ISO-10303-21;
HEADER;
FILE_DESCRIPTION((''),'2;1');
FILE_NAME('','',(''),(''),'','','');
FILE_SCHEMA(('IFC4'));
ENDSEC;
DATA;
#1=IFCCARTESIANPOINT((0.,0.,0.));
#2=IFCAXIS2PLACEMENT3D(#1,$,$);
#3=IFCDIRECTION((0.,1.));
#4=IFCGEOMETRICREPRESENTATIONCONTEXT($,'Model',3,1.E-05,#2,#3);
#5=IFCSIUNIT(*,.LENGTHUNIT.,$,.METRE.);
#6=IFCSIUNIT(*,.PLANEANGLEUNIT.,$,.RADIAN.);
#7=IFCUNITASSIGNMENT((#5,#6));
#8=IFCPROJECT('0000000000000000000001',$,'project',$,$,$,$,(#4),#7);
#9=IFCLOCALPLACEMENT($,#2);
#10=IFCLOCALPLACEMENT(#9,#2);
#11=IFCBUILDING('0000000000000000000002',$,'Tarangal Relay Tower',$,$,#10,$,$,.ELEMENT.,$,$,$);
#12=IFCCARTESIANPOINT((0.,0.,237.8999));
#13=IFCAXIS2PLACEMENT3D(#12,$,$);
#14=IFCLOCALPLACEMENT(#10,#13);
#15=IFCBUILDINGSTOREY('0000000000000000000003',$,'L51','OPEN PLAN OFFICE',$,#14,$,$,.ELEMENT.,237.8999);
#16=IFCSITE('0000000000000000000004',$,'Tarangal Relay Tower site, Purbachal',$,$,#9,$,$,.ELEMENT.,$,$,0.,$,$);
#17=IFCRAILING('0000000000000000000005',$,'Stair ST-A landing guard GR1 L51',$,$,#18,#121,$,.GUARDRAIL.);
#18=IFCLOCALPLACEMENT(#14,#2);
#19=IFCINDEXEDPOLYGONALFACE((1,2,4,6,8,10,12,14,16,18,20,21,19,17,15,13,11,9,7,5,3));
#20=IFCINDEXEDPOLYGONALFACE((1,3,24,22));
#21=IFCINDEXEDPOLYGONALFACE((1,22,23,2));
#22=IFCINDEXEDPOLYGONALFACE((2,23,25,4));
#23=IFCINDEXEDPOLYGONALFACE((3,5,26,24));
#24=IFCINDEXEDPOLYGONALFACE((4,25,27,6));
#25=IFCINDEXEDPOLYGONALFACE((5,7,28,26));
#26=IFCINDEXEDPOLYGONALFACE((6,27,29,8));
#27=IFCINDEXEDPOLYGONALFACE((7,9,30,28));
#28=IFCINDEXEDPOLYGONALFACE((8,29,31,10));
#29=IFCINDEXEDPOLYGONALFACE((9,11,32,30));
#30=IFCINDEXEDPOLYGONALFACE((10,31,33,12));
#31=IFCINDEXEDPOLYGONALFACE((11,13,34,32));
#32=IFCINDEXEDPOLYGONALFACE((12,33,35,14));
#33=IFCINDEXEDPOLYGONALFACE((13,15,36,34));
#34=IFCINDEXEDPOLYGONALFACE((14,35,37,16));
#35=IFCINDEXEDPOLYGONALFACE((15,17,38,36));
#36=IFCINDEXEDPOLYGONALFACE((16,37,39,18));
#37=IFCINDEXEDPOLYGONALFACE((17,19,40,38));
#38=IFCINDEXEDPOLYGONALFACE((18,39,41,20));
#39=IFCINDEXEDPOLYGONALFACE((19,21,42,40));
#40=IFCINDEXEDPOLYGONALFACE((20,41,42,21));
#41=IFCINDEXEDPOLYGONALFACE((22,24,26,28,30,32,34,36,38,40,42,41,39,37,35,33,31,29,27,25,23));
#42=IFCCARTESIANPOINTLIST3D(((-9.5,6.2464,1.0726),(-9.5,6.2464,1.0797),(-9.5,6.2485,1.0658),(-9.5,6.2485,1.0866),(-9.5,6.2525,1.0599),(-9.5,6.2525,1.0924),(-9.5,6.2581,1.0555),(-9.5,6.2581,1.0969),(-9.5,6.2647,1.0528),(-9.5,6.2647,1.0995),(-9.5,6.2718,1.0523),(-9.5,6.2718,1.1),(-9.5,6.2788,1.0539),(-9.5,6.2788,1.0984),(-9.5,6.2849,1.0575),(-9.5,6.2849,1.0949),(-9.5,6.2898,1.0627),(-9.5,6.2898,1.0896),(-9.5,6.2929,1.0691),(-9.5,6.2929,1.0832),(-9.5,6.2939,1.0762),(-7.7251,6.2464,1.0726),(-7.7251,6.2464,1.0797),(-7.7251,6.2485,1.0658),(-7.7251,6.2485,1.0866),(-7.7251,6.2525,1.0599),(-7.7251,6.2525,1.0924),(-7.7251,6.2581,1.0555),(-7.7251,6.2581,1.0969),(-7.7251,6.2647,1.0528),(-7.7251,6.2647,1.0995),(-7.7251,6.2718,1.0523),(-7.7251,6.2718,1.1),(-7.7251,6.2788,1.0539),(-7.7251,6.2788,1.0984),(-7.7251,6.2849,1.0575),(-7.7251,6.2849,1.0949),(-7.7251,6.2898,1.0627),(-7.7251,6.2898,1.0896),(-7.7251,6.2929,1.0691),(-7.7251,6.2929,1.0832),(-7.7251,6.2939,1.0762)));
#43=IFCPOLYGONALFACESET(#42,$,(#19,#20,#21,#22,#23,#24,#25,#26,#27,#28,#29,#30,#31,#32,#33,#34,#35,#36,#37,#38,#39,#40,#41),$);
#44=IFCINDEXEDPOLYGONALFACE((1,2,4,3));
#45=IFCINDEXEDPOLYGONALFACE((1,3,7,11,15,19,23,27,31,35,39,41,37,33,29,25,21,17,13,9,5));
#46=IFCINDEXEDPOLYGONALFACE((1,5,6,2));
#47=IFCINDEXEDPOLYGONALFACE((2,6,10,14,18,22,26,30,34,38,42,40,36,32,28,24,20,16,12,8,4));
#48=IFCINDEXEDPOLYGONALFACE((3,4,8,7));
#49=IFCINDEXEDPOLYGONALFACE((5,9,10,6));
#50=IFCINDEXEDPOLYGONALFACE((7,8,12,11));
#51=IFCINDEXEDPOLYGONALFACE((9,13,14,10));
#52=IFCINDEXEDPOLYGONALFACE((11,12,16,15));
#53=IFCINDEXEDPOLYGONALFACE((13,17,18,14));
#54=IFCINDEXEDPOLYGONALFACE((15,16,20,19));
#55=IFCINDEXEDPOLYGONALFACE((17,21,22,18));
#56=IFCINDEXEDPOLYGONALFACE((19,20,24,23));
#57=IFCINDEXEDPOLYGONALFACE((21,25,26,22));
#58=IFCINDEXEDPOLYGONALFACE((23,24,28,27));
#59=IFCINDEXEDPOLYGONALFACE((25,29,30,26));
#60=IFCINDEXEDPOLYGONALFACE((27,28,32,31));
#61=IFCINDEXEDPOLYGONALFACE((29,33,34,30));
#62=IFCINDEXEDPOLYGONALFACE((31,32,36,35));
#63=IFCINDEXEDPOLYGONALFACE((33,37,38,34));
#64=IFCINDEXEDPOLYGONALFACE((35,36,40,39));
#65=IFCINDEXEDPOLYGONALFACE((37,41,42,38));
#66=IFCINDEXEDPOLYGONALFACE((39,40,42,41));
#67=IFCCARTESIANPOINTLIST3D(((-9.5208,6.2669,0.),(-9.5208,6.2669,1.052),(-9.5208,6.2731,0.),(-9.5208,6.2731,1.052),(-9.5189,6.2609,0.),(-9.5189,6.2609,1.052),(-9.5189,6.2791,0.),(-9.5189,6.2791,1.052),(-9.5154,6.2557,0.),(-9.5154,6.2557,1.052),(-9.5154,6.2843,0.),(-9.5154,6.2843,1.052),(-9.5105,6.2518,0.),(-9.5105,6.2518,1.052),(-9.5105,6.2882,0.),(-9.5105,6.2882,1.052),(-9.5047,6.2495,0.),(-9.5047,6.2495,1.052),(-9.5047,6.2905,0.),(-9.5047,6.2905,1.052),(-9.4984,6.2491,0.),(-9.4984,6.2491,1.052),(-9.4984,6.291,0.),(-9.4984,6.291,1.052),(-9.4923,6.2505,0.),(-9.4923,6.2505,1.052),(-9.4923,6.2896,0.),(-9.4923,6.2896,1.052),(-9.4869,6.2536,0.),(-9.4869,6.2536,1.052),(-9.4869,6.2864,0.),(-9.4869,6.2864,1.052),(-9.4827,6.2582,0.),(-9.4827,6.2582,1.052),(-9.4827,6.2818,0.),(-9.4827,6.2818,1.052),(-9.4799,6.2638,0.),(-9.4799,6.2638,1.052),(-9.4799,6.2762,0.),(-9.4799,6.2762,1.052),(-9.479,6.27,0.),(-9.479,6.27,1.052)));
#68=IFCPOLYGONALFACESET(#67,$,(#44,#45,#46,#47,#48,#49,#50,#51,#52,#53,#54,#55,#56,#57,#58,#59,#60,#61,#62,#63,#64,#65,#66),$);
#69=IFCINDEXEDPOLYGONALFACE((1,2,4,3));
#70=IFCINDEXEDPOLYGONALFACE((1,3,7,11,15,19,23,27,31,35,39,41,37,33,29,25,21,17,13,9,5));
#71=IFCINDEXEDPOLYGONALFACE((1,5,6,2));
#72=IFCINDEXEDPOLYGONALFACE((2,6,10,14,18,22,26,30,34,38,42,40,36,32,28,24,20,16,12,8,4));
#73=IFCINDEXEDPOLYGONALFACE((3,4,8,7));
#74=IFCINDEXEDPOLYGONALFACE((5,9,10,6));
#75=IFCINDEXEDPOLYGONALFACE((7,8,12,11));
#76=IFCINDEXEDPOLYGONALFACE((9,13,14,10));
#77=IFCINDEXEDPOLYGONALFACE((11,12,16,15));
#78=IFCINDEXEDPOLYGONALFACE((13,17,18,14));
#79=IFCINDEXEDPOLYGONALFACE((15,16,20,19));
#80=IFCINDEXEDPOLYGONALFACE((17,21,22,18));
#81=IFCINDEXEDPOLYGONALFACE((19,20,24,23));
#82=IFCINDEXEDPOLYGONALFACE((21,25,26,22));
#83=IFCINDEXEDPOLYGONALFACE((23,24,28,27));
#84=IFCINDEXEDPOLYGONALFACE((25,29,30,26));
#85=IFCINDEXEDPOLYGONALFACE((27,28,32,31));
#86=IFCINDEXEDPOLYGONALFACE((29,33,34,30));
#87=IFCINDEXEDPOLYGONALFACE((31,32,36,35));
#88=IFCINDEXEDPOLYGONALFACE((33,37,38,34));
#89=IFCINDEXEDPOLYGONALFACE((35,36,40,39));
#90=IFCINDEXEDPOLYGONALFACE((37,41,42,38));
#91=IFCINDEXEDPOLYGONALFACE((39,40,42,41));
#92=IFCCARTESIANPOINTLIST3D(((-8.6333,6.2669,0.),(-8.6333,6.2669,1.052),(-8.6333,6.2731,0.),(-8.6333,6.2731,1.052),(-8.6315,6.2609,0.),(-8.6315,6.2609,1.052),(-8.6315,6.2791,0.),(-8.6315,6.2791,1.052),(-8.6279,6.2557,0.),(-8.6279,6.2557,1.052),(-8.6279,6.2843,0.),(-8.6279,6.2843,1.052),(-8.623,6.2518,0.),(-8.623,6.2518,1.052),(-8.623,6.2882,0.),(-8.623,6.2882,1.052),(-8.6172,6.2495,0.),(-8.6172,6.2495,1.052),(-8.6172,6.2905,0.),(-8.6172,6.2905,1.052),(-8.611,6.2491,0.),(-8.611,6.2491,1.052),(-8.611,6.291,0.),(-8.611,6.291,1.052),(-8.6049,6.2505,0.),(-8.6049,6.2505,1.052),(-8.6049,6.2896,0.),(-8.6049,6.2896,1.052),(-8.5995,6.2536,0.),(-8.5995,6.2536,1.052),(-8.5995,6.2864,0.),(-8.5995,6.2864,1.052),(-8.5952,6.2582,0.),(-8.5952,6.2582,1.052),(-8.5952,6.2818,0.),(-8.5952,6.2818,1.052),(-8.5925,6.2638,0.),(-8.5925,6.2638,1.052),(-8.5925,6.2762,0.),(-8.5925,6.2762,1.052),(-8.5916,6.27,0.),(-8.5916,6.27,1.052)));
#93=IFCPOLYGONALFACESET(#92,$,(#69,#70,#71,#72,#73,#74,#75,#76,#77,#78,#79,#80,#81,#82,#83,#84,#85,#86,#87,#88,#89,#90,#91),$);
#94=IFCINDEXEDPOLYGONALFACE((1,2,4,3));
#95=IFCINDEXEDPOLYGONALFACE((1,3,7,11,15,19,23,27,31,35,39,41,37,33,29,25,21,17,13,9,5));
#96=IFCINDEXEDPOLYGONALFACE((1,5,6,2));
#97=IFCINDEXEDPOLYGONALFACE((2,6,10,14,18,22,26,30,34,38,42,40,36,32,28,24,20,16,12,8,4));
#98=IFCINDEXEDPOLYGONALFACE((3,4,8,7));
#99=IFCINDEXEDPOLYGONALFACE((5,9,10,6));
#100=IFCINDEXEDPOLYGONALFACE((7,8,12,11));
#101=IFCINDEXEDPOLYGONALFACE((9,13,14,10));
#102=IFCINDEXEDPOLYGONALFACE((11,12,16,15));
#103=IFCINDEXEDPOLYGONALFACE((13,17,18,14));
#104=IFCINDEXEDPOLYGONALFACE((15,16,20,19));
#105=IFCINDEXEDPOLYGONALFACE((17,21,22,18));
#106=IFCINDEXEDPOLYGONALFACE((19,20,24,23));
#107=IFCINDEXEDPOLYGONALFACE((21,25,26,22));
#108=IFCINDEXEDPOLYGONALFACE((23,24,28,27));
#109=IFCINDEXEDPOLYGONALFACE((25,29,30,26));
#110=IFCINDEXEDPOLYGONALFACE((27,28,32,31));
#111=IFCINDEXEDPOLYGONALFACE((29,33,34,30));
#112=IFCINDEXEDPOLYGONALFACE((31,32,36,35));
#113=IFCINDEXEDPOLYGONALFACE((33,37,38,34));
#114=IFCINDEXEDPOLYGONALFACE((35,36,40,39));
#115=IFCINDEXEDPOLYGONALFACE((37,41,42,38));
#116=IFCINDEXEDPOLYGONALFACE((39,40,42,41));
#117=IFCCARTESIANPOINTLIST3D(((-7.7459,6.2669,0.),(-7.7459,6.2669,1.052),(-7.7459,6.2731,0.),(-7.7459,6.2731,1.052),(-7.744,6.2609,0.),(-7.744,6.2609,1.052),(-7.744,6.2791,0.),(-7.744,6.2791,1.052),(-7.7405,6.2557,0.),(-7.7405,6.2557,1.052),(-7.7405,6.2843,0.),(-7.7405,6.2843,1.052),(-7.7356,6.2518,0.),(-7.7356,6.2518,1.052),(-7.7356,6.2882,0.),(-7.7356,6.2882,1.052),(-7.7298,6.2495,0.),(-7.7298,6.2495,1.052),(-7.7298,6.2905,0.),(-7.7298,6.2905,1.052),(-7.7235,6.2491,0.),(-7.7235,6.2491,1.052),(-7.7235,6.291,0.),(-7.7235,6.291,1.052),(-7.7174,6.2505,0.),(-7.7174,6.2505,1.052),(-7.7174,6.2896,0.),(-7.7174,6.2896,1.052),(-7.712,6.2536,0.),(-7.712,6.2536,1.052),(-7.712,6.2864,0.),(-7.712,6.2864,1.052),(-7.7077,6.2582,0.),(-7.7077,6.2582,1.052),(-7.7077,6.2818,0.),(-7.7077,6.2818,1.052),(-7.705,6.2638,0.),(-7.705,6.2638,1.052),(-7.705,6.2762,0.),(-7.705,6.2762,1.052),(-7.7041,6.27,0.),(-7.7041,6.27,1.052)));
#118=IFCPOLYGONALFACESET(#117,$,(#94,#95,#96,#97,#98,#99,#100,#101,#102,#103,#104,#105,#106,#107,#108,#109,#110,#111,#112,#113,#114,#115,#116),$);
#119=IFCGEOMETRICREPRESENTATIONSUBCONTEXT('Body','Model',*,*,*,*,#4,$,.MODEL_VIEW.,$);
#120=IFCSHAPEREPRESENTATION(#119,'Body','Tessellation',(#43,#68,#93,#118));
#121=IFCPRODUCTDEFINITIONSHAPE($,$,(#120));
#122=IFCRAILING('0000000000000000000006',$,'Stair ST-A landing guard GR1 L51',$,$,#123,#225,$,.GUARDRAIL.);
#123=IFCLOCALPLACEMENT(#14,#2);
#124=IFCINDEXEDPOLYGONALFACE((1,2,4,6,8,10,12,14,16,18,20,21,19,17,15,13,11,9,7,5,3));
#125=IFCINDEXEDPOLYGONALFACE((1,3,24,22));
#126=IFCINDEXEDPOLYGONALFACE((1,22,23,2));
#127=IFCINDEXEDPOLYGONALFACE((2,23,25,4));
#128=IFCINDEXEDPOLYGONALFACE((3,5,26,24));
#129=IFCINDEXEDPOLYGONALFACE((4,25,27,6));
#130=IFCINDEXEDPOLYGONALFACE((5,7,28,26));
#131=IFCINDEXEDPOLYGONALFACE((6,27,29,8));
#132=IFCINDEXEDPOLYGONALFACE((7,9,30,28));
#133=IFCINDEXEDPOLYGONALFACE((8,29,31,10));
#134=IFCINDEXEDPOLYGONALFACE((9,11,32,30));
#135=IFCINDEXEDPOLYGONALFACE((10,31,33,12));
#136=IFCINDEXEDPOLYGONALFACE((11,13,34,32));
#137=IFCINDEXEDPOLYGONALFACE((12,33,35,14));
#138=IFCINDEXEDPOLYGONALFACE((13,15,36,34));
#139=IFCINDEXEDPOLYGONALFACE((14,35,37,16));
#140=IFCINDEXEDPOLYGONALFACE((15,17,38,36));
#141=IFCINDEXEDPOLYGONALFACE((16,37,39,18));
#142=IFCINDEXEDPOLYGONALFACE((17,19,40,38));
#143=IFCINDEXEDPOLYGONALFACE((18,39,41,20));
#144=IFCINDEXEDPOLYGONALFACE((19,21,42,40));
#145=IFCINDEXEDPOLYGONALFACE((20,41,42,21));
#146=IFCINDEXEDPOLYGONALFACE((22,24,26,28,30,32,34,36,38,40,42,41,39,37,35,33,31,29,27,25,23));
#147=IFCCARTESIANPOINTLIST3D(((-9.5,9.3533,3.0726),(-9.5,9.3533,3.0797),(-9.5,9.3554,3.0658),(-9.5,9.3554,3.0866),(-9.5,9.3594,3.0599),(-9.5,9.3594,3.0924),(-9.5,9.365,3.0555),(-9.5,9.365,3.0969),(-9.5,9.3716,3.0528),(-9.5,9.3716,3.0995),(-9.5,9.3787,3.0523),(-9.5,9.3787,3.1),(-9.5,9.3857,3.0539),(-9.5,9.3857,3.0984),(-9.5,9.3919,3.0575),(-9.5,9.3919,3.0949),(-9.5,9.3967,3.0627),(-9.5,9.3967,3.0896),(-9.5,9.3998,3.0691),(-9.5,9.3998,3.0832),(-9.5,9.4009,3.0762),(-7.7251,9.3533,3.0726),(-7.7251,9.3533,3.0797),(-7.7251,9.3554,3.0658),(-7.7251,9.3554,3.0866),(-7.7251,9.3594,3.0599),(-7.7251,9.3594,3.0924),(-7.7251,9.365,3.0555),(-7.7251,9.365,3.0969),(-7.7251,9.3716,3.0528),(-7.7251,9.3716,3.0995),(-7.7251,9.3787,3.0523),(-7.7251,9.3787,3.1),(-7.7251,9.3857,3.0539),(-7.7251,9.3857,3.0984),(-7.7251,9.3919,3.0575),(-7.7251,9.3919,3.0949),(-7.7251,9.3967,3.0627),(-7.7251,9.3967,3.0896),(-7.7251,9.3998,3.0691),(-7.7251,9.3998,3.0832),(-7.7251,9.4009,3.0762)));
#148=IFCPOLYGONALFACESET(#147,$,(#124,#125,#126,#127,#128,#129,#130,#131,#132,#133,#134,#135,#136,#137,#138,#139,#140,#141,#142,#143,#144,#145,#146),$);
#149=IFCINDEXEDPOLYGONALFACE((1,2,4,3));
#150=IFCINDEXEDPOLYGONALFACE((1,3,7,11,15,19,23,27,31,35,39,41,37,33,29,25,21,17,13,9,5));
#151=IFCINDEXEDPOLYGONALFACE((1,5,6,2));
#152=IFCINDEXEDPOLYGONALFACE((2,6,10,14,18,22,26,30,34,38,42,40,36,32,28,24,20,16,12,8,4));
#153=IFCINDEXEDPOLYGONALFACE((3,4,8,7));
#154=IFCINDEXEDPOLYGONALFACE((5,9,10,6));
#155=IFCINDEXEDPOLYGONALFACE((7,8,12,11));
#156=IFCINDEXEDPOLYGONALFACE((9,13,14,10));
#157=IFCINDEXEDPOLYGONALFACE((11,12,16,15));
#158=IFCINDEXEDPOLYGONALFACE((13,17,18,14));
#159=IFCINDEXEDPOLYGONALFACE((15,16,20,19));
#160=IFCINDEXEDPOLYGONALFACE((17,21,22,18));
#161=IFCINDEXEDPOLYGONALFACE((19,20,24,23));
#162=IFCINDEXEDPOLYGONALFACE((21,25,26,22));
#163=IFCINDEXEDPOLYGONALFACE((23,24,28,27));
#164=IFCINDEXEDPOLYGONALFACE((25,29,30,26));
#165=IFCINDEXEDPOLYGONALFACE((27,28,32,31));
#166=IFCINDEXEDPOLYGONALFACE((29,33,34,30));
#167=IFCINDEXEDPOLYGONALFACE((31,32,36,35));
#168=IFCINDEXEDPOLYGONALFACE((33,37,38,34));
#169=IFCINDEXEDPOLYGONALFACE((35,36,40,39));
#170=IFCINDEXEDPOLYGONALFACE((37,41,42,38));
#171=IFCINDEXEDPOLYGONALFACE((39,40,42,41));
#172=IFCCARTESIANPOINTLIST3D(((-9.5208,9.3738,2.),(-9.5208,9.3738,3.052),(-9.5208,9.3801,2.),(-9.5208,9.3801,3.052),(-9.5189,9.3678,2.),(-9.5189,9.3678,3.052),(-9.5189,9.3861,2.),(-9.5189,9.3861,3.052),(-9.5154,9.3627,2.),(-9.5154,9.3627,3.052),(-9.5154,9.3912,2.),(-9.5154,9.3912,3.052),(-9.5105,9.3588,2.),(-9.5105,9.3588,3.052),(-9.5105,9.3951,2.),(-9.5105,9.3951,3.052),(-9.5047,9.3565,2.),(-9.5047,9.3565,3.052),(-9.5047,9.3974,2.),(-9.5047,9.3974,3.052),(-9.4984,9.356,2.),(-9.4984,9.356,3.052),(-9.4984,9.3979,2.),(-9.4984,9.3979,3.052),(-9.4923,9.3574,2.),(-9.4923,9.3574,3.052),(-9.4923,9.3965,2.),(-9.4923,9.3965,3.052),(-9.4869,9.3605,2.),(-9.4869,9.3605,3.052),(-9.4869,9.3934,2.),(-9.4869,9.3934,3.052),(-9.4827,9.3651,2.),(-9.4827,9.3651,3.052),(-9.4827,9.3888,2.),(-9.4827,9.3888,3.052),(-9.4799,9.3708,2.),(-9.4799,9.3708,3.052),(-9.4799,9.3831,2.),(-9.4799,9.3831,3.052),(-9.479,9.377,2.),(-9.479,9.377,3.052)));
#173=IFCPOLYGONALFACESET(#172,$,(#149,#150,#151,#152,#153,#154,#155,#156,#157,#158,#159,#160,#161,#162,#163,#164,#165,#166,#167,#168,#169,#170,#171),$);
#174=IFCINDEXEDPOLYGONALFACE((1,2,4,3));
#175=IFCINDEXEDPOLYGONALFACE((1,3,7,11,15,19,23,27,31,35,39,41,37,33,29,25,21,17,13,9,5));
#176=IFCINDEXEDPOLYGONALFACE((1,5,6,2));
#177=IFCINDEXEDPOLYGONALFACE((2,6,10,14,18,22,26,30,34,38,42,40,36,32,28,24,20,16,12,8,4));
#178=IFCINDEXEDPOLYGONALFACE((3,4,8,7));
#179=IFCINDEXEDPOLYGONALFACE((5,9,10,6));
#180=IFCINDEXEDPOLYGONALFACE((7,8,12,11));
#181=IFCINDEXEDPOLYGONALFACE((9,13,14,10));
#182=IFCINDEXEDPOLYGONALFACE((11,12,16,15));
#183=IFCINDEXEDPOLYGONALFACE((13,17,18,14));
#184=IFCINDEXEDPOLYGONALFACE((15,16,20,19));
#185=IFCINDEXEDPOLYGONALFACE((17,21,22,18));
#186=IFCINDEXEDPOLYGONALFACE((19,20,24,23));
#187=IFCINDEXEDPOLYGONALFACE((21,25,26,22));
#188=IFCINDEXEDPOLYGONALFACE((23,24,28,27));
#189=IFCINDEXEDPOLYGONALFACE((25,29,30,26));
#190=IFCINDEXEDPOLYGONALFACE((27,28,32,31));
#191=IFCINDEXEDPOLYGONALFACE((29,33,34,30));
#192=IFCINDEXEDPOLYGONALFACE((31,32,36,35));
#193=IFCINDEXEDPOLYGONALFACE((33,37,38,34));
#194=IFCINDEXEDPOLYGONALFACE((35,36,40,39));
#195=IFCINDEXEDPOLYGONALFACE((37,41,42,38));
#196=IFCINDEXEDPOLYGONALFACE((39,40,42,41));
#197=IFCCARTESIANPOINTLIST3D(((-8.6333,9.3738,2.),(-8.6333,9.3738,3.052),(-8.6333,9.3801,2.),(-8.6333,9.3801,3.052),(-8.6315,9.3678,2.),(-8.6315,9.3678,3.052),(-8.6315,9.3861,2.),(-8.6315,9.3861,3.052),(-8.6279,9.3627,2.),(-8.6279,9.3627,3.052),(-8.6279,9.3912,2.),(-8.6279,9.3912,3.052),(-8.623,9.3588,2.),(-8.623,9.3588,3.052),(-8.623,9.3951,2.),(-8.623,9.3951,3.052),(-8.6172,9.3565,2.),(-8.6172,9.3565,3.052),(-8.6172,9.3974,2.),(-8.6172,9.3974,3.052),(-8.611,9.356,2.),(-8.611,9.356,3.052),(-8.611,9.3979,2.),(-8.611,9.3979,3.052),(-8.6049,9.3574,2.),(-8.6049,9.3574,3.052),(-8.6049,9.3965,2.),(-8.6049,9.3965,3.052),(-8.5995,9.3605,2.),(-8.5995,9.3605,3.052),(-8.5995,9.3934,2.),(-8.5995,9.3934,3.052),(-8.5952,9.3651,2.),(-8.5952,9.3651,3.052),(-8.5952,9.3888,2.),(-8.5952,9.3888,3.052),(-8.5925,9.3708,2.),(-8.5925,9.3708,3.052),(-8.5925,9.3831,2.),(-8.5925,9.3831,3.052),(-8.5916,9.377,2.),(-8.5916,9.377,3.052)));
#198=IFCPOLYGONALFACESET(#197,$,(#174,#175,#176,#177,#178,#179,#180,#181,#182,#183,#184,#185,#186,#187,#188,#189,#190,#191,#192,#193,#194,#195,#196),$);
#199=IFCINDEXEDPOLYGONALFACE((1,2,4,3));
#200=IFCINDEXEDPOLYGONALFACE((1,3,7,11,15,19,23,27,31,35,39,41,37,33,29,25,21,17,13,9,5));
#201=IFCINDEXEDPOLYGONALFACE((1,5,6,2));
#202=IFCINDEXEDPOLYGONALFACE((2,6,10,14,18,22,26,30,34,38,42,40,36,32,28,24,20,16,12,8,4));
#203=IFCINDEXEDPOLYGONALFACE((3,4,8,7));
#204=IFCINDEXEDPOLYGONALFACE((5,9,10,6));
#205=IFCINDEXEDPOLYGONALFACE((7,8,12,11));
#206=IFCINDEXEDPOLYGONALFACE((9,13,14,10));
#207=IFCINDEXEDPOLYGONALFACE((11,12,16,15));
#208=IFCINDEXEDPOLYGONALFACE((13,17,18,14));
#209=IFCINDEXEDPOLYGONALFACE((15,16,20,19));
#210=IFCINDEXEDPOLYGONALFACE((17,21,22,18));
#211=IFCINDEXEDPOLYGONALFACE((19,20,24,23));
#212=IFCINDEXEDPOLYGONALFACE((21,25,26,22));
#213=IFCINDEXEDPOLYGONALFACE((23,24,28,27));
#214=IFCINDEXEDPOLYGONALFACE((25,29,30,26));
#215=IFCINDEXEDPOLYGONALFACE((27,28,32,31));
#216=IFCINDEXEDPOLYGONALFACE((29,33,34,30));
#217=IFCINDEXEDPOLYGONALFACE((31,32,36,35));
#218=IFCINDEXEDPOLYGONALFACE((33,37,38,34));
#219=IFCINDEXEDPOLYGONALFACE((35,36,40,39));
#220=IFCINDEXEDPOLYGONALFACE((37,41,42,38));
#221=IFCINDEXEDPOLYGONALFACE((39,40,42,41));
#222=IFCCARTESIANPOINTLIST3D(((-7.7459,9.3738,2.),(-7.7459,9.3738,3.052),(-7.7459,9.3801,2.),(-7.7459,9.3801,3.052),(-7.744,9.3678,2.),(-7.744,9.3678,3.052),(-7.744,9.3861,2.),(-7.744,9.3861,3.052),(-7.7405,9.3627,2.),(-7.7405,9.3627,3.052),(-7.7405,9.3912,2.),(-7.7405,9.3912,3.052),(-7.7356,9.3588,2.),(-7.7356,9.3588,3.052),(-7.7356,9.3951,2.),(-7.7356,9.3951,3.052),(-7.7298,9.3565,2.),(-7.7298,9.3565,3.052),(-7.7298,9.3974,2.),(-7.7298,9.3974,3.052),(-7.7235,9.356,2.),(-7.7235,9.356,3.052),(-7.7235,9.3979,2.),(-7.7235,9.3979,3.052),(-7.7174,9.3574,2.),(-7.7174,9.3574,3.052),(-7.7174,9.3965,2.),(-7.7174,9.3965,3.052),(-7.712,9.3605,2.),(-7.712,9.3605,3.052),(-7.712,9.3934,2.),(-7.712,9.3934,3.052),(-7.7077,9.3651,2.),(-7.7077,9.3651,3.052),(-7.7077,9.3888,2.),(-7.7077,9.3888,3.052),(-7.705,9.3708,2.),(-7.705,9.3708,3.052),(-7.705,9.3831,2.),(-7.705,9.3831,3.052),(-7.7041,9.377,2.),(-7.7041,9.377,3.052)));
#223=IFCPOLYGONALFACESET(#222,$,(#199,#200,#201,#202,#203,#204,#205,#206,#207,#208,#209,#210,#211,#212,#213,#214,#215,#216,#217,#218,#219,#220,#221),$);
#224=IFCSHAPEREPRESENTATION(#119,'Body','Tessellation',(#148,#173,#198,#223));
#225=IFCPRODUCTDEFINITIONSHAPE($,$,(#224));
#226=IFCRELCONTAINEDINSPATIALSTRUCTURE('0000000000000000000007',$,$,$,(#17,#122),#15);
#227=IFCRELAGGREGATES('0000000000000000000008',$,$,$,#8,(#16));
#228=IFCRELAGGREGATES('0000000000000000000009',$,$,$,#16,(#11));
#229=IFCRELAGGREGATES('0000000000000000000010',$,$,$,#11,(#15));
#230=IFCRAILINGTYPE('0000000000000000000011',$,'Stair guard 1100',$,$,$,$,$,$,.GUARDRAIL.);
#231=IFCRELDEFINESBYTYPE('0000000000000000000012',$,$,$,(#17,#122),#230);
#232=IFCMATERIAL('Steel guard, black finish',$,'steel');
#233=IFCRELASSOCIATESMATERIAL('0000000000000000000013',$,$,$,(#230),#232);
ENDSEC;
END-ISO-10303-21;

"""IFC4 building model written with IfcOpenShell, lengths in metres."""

from ifc_helpers import new_model, si_unit, direction, frame, origin, origin_2d, place, context, subcontext, project, spatial, circle, extrude, material, type_object, element, save


model = new_model("IFC4")

# Units and contexts
model_context = context("Model", 3, precision=1e-05, world=origin(), true_north=direction((0.0, 1.0)))
body_context = subcontext(model_context, "Body", "Model", "MODEL_VIEW")
ifc_project = project(units=[si_unit("LENGTHUNIT", "METRE"), si_unit("PLANEANGLEUNIT", "RADIAN")], contexts=[model_context])

# Site, building, storey
site_placement = place(None, origin())
site = spatial("IfcSite", under=ifc_project, at=site_placement, Name="Tarangal Relay Tower site, Purbachal", CompositionType="ELEMENT", RefElevation=0.0)
building_placement = place(site_placement, origin())
building = spatial("IfcBuilding", under=site, at=building_placement, Name="Tarangal Relay Tower", CompositionType="ELEMENT")
storey_placement = place(building_placement, frame((0.0, 0.0, 237.8999)))
storey = spatial("IfcBuildingStorey", under=building, at=storey_placement, Name="L51", Description="OPEN PLAN OFFICE", CompositionType="ELEMENT", Elevation=237.8999)

# Railings
ifc_material_1 = material(Name="Steel guard, black finish", Category="steel")
railing_type_1 = type_object("IfcRailingType", Name="Stair guard 1100", PredefinedType="GUARDRAIL", material=ifc_material_1)
for number, where, name in (
    (1, (-9.5, 6.27, 0.0), "Stair ST-A landing guard GR1 L51"),
    (2, (-9.5, 9.377, 2.0), "Stair ST-A landing guard GR1 L51"),
):
    element("IfcRailing", number, at=place(storey_placement, frame(where)), inside=storey, type_object=railing_type_1, Name=name, PredefinedType="GUARDRAIL", context=body_context, shape_type="SweptSolid", body=[
        extrude(circle(Radius=0.0239, at=origin_2d()), frame((0.0, 0.0, 1.0762), z_axis=(1.0, 0.0, 0.0), x_axis=(0.0, 1.0, 0.0)), (0.0, 0.0, 1.0), 1.7749),
        extrude(circle(Radius=0.021, at=origin_2d()), origin(), (0.0, 0.0, 1.0), 1.052),
        extrude(circle(Radius=0.021, at=origin_2d()), frame((0.8875, 0.0, 0.0)), (0.0, 0.0, 1.0), 1.052),
        extrude(circle(Radius=0.021, at=origin_2d()), frame((1.7749, 0.0, 0.0)), (0.0, 0.0, 1.0), 1.052),
    ])

save(model, "model.ifc")
